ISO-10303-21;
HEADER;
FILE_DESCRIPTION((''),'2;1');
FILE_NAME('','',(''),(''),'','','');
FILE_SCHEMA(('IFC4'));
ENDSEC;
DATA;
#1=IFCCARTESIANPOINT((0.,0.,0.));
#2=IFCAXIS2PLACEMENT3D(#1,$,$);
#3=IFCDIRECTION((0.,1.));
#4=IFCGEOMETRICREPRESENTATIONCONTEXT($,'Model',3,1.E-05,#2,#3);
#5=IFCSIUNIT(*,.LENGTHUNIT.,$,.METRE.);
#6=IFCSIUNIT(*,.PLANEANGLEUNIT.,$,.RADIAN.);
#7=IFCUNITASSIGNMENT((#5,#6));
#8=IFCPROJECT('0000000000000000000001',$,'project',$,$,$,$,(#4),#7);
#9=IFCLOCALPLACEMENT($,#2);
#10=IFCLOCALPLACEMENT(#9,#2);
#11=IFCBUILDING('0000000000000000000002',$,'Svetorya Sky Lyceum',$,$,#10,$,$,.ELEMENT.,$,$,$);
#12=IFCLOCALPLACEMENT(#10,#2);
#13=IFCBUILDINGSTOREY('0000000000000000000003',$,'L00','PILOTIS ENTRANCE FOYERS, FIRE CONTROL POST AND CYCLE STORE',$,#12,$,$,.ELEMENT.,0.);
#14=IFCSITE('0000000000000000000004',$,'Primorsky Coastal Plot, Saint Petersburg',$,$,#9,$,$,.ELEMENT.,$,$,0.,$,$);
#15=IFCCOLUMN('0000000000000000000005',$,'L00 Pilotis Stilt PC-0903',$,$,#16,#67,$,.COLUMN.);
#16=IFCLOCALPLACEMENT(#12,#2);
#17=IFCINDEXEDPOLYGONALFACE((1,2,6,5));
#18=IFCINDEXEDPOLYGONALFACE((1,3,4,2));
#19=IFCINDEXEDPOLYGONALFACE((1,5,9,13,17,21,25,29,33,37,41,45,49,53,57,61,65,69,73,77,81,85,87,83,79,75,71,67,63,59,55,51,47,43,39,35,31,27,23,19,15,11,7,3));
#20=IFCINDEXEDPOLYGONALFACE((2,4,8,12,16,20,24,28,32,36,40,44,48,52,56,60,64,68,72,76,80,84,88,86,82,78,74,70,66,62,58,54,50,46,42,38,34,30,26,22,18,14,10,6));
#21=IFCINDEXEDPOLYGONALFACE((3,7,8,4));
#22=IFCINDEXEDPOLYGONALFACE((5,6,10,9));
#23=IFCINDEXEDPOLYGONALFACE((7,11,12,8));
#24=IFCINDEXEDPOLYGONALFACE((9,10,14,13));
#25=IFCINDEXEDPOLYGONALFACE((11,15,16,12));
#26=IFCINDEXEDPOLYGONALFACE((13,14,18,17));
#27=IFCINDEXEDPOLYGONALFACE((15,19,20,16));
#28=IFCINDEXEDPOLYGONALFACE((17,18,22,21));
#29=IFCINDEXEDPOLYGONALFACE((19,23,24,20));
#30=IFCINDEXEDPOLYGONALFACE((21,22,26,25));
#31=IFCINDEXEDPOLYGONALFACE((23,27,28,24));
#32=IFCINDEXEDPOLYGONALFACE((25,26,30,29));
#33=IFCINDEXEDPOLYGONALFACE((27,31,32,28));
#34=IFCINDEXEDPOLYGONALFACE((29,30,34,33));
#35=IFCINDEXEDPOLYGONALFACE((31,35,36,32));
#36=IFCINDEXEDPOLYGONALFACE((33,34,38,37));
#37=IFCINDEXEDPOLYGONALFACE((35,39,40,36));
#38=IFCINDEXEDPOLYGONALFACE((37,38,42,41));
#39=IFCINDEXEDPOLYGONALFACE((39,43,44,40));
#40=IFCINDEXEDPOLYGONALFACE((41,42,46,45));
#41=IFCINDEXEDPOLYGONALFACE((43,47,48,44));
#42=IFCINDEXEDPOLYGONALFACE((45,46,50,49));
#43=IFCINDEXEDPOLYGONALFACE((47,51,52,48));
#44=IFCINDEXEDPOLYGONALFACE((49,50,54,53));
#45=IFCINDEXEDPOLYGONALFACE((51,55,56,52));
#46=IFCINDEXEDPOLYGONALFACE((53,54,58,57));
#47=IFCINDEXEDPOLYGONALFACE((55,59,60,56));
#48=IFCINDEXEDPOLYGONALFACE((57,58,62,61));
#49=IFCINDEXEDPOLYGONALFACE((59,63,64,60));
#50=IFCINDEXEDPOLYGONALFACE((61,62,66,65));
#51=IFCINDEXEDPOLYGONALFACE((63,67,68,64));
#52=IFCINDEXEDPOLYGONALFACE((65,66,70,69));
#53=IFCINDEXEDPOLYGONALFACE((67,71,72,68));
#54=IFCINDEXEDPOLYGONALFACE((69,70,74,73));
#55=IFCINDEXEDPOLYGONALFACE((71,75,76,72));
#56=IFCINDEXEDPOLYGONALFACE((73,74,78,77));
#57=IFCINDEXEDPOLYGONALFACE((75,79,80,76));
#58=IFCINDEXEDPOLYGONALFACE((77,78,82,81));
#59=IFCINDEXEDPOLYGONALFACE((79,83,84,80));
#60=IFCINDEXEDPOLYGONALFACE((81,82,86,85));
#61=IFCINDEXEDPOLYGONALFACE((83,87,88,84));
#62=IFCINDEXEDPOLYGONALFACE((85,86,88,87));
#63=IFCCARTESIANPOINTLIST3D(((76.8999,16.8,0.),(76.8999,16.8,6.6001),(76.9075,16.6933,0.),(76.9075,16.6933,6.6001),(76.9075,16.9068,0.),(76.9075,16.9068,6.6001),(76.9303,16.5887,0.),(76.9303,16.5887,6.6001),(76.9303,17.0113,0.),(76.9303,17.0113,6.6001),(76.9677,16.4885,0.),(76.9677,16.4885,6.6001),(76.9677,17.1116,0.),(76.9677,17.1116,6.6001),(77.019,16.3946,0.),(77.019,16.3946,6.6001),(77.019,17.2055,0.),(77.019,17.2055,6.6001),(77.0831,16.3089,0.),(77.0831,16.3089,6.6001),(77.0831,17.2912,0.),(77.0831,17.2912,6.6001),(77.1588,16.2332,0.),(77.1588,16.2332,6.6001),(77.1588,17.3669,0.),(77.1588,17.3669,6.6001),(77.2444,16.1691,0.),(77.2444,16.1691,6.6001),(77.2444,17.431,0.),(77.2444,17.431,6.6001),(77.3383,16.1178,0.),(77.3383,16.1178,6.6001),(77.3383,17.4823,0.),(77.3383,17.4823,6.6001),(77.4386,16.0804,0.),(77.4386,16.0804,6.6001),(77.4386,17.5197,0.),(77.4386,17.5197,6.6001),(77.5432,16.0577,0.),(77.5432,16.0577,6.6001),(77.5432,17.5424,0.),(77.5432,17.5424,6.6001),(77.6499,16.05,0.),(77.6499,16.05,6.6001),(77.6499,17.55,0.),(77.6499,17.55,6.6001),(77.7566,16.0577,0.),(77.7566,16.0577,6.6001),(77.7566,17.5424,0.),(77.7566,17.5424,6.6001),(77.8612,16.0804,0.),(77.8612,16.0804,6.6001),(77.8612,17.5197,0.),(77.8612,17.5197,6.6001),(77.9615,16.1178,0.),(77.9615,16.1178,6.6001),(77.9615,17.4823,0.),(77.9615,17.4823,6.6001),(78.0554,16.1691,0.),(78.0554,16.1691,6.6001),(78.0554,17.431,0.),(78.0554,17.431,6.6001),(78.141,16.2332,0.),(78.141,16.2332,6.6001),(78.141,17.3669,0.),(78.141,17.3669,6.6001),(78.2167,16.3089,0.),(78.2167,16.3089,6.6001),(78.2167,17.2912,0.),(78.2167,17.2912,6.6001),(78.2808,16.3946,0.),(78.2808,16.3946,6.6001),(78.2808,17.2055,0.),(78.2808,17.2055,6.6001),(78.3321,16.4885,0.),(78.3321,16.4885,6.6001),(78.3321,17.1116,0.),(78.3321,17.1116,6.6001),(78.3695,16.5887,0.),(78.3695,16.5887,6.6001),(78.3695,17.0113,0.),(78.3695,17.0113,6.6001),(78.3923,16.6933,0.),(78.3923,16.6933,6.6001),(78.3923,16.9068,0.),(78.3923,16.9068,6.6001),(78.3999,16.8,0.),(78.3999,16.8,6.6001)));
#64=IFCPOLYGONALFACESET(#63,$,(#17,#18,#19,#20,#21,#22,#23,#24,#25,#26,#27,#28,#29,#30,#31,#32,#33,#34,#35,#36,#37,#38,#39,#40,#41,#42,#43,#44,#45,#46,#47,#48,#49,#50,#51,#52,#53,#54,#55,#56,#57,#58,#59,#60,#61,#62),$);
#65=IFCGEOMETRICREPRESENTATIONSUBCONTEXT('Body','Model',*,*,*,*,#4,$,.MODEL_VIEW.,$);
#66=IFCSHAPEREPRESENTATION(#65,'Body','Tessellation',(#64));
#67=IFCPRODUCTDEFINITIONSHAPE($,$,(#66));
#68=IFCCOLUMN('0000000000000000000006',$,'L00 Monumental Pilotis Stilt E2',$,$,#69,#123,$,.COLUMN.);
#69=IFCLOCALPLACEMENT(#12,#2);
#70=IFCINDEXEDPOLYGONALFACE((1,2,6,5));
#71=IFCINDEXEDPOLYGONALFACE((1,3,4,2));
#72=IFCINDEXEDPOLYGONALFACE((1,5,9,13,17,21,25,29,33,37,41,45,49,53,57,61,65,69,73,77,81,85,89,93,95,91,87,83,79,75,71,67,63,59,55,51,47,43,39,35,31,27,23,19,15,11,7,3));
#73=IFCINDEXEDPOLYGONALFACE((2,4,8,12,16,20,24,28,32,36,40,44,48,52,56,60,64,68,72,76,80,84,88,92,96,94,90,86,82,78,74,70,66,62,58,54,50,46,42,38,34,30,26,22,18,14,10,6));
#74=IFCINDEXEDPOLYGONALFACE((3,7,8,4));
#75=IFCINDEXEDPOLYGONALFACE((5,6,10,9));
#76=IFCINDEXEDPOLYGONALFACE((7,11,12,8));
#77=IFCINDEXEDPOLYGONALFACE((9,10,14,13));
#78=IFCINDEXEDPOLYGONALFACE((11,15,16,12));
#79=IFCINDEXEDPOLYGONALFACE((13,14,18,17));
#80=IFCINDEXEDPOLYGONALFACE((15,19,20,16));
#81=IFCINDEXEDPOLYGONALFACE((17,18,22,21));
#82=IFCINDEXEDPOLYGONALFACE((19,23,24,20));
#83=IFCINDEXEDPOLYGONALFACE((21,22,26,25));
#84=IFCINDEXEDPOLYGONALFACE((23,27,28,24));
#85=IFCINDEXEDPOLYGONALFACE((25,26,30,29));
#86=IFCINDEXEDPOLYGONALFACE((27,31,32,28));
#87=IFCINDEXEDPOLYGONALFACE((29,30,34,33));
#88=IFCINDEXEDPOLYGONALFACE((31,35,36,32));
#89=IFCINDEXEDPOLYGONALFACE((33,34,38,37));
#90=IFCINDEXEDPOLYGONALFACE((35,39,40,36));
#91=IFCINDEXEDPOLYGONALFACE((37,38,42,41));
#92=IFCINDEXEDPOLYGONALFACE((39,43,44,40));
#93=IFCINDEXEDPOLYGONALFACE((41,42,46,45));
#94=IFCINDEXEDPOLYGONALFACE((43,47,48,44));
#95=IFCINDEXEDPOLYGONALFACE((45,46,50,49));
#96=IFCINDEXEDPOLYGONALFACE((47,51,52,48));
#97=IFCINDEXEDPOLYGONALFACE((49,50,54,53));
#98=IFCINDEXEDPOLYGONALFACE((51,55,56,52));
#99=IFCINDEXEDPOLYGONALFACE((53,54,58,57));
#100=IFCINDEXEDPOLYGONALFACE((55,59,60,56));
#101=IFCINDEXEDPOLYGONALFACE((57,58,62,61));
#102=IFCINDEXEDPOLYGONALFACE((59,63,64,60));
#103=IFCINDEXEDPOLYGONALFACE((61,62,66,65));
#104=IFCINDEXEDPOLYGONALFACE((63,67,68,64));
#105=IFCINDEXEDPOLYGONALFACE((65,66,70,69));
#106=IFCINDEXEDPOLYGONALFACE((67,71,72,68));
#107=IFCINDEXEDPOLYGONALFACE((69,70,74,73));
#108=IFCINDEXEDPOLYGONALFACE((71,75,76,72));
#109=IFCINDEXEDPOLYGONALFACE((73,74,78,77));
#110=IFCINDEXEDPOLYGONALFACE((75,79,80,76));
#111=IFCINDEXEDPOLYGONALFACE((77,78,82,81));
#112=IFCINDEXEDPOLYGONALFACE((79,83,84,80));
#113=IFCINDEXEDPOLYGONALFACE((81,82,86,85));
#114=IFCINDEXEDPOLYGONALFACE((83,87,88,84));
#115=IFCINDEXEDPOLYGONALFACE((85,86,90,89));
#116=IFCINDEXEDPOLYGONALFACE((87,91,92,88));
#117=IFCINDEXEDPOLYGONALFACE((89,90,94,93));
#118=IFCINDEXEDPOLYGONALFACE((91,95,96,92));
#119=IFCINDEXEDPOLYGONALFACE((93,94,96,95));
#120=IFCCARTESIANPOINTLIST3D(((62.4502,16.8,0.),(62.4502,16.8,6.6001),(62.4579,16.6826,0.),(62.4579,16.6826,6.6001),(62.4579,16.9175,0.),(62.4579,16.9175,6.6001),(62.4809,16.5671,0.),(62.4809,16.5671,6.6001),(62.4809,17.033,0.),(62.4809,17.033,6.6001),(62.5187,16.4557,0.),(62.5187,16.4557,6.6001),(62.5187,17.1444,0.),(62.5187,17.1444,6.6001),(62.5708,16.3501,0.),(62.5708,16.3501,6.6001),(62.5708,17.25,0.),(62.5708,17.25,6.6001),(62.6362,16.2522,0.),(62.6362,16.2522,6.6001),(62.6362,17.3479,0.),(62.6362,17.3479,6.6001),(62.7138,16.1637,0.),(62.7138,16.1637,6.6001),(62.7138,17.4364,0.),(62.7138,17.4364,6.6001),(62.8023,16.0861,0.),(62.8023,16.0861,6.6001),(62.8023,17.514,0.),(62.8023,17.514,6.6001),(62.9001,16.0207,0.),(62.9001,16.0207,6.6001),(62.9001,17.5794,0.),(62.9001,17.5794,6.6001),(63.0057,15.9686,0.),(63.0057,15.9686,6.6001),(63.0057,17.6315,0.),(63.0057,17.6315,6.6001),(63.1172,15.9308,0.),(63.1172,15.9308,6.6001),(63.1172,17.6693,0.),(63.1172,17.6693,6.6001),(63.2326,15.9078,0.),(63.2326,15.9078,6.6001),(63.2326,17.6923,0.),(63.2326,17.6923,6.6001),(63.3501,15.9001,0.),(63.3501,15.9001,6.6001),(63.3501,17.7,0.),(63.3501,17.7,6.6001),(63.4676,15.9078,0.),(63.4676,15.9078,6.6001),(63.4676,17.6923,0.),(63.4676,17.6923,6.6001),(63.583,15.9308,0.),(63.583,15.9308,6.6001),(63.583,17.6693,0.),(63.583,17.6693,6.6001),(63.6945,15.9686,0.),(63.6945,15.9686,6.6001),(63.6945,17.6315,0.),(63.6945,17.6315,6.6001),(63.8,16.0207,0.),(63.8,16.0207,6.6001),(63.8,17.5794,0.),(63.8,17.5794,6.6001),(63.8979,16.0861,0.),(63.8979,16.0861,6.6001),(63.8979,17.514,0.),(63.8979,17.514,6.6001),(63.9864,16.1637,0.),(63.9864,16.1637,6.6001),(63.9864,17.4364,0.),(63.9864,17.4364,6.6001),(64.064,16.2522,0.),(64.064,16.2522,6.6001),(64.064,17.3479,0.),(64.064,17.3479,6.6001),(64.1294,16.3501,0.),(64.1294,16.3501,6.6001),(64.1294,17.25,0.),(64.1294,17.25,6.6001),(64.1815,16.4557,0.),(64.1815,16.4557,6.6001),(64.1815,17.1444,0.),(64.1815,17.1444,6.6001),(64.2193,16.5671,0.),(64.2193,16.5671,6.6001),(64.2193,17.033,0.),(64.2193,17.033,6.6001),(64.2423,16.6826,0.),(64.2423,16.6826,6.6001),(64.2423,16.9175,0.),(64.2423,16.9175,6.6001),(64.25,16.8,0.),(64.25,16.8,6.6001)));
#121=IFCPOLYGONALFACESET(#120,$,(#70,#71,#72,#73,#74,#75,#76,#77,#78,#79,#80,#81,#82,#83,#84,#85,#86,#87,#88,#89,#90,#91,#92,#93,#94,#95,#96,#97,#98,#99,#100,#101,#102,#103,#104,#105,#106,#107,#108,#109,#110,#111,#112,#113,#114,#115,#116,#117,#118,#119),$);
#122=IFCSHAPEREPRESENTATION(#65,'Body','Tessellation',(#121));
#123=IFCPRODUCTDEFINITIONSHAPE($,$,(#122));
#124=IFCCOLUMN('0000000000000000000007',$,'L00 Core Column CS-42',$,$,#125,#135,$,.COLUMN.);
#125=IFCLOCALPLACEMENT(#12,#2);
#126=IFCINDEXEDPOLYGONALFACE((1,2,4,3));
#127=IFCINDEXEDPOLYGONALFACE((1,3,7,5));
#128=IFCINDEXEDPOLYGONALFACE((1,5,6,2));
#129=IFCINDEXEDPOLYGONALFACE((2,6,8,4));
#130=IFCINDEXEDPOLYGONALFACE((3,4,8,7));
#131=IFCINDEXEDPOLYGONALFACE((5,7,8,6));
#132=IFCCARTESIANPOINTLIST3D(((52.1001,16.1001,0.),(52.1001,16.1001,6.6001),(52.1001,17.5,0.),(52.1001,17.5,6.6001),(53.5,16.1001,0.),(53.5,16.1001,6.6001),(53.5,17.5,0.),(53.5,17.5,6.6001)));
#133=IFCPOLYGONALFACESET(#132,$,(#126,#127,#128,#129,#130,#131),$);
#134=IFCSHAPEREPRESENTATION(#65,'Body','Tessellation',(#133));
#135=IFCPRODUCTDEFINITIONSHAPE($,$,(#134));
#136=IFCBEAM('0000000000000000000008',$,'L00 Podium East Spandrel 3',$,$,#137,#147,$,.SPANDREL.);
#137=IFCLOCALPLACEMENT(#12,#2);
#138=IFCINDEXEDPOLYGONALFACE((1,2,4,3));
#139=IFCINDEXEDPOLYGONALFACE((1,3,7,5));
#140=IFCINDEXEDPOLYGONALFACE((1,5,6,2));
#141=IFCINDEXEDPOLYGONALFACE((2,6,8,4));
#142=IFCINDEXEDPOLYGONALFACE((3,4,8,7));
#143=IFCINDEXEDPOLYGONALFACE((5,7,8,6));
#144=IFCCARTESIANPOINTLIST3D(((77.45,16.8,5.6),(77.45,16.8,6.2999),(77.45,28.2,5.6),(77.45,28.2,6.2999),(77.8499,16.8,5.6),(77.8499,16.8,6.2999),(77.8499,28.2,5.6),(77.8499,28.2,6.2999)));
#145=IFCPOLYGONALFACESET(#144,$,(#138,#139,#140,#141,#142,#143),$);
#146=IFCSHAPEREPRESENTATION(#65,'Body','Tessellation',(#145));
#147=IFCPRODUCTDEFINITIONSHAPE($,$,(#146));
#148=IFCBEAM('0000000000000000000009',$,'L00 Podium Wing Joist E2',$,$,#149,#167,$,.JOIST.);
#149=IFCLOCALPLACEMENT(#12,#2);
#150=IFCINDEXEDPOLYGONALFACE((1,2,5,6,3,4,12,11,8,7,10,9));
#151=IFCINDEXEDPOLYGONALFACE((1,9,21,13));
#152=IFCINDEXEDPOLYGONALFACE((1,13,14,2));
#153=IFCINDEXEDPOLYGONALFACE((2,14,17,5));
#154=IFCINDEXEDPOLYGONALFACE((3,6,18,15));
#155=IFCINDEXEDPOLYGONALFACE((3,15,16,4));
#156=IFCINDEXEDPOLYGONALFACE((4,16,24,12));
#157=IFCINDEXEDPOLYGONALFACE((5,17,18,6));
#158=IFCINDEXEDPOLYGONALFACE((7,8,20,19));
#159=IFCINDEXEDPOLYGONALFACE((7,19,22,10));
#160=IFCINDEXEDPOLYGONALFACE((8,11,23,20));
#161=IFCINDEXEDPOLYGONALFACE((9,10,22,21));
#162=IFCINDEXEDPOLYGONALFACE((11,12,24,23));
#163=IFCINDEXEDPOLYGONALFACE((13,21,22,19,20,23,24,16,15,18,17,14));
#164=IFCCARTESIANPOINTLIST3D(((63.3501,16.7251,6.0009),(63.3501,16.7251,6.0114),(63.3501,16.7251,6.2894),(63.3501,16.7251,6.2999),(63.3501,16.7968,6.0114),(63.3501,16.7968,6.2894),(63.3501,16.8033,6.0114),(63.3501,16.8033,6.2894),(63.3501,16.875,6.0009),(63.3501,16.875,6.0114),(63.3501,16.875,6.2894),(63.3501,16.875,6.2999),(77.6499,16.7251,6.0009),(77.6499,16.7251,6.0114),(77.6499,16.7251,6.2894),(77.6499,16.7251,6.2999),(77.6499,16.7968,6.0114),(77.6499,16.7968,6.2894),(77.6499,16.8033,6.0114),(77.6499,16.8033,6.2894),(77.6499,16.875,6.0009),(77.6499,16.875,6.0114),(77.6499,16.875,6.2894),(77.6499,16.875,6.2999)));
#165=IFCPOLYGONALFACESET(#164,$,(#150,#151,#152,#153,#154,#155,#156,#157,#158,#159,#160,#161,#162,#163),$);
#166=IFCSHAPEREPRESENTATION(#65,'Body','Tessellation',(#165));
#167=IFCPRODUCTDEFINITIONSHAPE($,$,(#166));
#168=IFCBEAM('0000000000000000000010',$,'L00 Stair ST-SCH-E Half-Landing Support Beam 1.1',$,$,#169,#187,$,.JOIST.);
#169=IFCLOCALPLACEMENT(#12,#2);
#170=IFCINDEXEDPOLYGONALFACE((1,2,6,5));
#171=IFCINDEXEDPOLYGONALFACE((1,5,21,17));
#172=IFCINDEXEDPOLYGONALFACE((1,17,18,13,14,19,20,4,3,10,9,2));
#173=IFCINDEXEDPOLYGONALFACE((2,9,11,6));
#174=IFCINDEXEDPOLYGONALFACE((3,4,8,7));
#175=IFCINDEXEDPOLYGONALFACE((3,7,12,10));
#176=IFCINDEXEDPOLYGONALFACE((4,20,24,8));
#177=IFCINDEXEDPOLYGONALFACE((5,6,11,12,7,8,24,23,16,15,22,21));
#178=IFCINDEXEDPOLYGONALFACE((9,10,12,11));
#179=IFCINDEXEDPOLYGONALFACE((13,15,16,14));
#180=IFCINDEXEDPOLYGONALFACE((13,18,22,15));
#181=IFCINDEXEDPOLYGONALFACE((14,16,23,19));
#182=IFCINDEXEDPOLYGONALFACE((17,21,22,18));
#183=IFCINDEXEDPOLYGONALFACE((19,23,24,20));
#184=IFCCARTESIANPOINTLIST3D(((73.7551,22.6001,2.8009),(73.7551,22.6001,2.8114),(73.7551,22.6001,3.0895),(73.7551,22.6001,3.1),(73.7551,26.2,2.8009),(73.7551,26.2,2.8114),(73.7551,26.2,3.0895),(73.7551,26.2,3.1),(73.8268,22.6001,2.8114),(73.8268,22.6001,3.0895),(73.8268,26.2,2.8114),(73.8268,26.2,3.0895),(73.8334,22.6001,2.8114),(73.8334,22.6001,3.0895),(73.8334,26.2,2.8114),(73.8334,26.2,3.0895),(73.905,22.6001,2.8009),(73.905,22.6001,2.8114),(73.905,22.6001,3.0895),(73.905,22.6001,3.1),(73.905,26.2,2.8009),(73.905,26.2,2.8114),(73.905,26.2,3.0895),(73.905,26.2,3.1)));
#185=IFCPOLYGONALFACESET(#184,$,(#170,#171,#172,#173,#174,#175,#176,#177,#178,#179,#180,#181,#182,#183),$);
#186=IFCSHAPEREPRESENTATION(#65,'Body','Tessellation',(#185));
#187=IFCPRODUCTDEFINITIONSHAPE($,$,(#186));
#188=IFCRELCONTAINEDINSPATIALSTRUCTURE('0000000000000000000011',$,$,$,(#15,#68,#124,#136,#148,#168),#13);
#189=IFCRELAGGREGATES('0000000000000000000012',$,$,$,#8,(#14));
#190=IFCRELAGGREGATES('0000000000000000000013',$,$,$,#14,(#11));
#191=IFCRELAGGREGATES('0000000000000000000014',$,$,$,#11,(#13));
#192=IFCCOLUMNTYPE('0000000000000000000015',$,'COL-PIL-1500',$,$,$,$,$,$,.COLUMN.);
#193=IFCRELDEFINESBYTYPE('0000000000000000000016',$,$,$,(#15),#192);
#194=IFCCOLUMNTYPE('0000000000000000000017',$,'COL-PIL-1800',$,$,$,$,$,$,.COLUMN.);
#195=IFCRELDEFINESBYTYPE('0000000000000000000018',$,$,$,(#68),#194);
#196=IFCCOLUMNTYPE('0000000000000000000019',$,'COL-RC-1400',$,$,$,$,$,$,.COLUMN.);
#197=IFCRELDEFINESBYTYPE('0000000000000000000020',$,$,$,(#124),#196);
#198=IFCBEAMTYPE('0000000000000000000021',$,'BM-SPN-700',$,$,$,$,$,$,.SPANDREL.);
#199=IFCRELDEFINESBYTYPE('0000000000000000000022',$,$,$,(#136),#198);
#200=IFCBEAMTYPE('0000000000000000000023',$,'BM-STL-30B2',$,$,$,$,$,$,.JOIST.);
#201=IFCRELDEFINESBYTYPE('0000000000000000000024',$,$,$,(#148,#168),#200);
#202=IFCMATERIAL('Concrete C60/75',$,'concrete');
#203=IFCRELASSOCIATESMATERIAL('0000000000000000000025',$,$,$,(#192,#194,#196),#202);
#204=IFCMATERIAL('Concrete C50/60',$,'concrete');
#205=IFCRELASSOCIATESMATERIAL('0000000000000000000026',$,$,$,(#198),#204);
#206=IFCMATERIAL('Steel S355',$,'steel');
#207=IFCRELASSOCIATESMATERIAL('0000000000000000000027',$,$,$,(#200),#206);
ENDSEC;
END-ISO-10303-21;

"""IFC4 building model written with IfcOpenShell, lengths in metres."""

from ifc_helpers import new_model, si_unit, direction, frame, origin, origin_2d, place, context, subcontext, project, spatial, rectangle, circle, i_section, extrude, material, material_profile, profile_set, type_object, element, save


model = new_model("IFC4")

# Units and contexts
model_context = context("Model", 3, precision=1e-05, world=origin(), true_north=direction((0.0, 1.0)))
body_context = subcontext(model_context, "Body", "Model", "MODEL_VIEW")
ifc_project = project(units=[si_unit("LENGTHUNIT", "METRE"), si_unit("PLANEANGLEUNIT", "RADIAN")], contexts=[model_context])

# Site, building, storey
site_placement = place(None, origin())
site = spatial("IfcSite", under=ifc_project, at=site_placement, Name="Primorsky Coastal Plot, Saint Petersburg", CompositionType="ELEMENT", RefElevation=0.0)
building_placement = place(site_placement, origin())
building = spatial("IfcBuilding", under=site, at=building_placement, Name="Svetorya Sky Lyceum", CompositionType="ELEMENT")
storey_placement = place(building_placement, origin())
storey = spatial("IfcBuildingStorey", under=building, at=storey_placement, Name="L00", Description="PILOTIS ENTRANCE FOYERS, FIRE CONTROL POST AND CYCLE STORE", CompositionType="ELEMENT", Elevation=0.0)

# Columns
ifc_material_1 = material(Name="Concrete C60/75", Category="concrete")
ifc_material_profile_1 = material_profile(ifc_material_1, circle(Radius=0.75, at=origin_2d()), Name="RC PILOTI D1500")
ifc_profile_set_1 = profile_set([ifc_material_profile_1], Name="Concrete C60/75")
column_type_1 = type_object("IfcColumnType", Name="COL-PIL-1500", PredefinedType="COLUMN", material=ifc_profile_set_1)
column_1_placement = place(storey_placement, frame((77.6499, 16.8, 0.0), z_axis=(0.0, 0.0, 1.0), x_axis=(1.0, 0.0, 0.0)))
element("IfcColumn", 1, at=column_1_placement, inside=storey, type_object=column_type_1, Name="L00 Pilotis Stilt PC-0903", PredefinedType="COLUMN", context=body_context, shape_type="SweptSolid", body=[
    extrude(circle(Radius=0.75, at=origin_2d()), origin(), (0.0, 0.0, 1.0), 6.6001),
])
ifc_material_profile_2 = material_profile(ifc_material_1, circle(Radius=0.8999, at=origin_2d()), Name="RC PILOTI D1800")
ifc_profile_set_2 = profile_set([ifc_material_profile_2], Name="Concrete C60/75")
column_type_2 = type_object("IfcColumnType", Name="COL-PIL-1800", PredefinedType="COLUMN", material=ifc_profile_set_2)
column_2_placement = place(storey_placement, frame((63.3501, 16.8, 0.0), z_axis=(0.0, 0.0, 1.0), x_axis=(1.0, 0.0, 0.0)))
element("IfcColumn", 2, at=column_2_placement, inside=storey, type_object=column_type_2, Name="L00 Monumental Pilotis Stilt E2", PredefinedType="COLUMN", context=body_context, shape_type="SweptSolid", body=[
    extrude(circle(Radius=0.8999, at=origin_2d()), origin(), (0.0, 0.0, 1.0), 6.6001),
])
ifc_material_profile_3 = material_profile(ifc_material_1, rectangle(XDim=1.3999, YDim=1.3999, at=origin_2d()), Name="RC COL 1400x1400")
ifc_profile_set_3 = profile_set([ifc_material_profile_3], Name="Concrete C60/75")
column_type_3 = type_object("IfcColumnType", Name="COL-RC-1400", PredefinedType="COLUMN", material=ifc_profile_set_3)
column_3_placement = place(storey_placement, frame((52.8, 16.8, 0.0), z_axis=(0.0, 0.0, 1.0), x_axis=(1.0, 0.0, 0.0)))
element("IfcColumn", 3, at=column_3_placement, inside=storey, type_object=column_type_3, Name="L00 Core Column CS-42", PredefinedType="COLUMN", context=body_context, shape_type="SweptSolid", body=[
    extrude(rectangle(XDim=1.3999, YDim=1.3999, at=origin_2d()), origin(), (0.0, 0.0, 1.0), 6.6001),
])

# Beams
ifc_material_2 = material(Name="Concrete C50/60", Category="concrete")
ifc_material_profile_4 = material_profile(ifc_material_2, rectangle(XDim=0.3999, YDim=0.7, at=origin_2d()), Name="RC SPANDREL 400x700")
ifc_profile_set_4 = profile_set([ifc_material_profile_4], Name="Concrete C50/60")
beam_type_1 = type_object("IfcBeamType", Name="BM-SPN-700", PredefinedType="SPANDREL", material=ifc_profile_set_4)
beam_1_placement = place(storey_placement, frame((77.6499, 16.8, 5.95), z_axis=(0.0, 1.0, 0.0), x_axis=(-1.0, 0.0, 0.0)))
element("IfcBeam", 4, at=beam_1_placement, inside=storey, type_object=beam_type_1, Name="L00 Podium East Spandrel 3", PredefinedType="SPANDREL", context=body_context, shape_type="SweptSolid", body=[
    extrude(rectangle(XDim=0.3999, YDim=0.7, at=origin_2d()), origin(), (0.0, 0.0, 1.0), 11.3999),
])
ifc_material_3 = material(Name="Steel S355", Category="steel")
ifc_material_profile_5 = material_profile(ifc_material_3, i_section(OverallWidth=0.1499, OverallDepth=0.2991, WebThickness=0.0066, FlangeThickness=0.0105, at=origin_2d()), Name="GOST 30B2")
ifc_profile_set_5 = profile_set([ifc_material_profile_5], Name="Steel S355")
beam_type_2 = type_object("IfcBeamType", Name="BM-STL-30B2", PredefinedType="JOIST", material=ifc_profile_set_5)
beam_2_placement = place(storey_placement, frame((63.3501, 16.8, 6.1504), z_axis=(1.0, 0.0, 0.0), x_axis=(0.0, 1.0, 0.0)))
element("IfcBeam", 5, at=beam_2_placement, inside=storey, type_object=beam_type_2, Name="L00 Podium Wing Joist E2", PredefinedType="JOIST", context=body_context, shape_type="SweptSolid", body=[
    extrude(i_section(OverallWidth=0.1499, OverallDepth=0.2991, WebThickness=0.0066, FlangeThickness=0.0105, at=origin_2d()), origin(), (0.0, 0.0, 1.0), 14.2998),
])
for number, where, z_axis, x_axis, name in (
    (6, (73.8301, 22.6001, 2.9504), (0.0, 1.0, 0.0), (-1.0, 0.0, 0.0), "L00 Stair ST-SCH-E Half-Landing Support Beam 1.1"),
):
    element("IfcBeam", number, at=place(storey_placement, frame(where, z_axis=z_axis, x_axis=x_axis)), inside=storey, type_object=beam_type_2, Name=name, PredefinedType="JOIST", context=body_context, shape_type="SweptSolid", body=[
        extrude(i_section(OverallWidth=0.1499, OverallDepth=0.2991, WebThickness=0.0066, FlangeThickness=0.0105, at=origin_2d()), origin(), (0.0, 0.0, 1.0), 3.5999),
    ])

save(model, "model.ifc")
